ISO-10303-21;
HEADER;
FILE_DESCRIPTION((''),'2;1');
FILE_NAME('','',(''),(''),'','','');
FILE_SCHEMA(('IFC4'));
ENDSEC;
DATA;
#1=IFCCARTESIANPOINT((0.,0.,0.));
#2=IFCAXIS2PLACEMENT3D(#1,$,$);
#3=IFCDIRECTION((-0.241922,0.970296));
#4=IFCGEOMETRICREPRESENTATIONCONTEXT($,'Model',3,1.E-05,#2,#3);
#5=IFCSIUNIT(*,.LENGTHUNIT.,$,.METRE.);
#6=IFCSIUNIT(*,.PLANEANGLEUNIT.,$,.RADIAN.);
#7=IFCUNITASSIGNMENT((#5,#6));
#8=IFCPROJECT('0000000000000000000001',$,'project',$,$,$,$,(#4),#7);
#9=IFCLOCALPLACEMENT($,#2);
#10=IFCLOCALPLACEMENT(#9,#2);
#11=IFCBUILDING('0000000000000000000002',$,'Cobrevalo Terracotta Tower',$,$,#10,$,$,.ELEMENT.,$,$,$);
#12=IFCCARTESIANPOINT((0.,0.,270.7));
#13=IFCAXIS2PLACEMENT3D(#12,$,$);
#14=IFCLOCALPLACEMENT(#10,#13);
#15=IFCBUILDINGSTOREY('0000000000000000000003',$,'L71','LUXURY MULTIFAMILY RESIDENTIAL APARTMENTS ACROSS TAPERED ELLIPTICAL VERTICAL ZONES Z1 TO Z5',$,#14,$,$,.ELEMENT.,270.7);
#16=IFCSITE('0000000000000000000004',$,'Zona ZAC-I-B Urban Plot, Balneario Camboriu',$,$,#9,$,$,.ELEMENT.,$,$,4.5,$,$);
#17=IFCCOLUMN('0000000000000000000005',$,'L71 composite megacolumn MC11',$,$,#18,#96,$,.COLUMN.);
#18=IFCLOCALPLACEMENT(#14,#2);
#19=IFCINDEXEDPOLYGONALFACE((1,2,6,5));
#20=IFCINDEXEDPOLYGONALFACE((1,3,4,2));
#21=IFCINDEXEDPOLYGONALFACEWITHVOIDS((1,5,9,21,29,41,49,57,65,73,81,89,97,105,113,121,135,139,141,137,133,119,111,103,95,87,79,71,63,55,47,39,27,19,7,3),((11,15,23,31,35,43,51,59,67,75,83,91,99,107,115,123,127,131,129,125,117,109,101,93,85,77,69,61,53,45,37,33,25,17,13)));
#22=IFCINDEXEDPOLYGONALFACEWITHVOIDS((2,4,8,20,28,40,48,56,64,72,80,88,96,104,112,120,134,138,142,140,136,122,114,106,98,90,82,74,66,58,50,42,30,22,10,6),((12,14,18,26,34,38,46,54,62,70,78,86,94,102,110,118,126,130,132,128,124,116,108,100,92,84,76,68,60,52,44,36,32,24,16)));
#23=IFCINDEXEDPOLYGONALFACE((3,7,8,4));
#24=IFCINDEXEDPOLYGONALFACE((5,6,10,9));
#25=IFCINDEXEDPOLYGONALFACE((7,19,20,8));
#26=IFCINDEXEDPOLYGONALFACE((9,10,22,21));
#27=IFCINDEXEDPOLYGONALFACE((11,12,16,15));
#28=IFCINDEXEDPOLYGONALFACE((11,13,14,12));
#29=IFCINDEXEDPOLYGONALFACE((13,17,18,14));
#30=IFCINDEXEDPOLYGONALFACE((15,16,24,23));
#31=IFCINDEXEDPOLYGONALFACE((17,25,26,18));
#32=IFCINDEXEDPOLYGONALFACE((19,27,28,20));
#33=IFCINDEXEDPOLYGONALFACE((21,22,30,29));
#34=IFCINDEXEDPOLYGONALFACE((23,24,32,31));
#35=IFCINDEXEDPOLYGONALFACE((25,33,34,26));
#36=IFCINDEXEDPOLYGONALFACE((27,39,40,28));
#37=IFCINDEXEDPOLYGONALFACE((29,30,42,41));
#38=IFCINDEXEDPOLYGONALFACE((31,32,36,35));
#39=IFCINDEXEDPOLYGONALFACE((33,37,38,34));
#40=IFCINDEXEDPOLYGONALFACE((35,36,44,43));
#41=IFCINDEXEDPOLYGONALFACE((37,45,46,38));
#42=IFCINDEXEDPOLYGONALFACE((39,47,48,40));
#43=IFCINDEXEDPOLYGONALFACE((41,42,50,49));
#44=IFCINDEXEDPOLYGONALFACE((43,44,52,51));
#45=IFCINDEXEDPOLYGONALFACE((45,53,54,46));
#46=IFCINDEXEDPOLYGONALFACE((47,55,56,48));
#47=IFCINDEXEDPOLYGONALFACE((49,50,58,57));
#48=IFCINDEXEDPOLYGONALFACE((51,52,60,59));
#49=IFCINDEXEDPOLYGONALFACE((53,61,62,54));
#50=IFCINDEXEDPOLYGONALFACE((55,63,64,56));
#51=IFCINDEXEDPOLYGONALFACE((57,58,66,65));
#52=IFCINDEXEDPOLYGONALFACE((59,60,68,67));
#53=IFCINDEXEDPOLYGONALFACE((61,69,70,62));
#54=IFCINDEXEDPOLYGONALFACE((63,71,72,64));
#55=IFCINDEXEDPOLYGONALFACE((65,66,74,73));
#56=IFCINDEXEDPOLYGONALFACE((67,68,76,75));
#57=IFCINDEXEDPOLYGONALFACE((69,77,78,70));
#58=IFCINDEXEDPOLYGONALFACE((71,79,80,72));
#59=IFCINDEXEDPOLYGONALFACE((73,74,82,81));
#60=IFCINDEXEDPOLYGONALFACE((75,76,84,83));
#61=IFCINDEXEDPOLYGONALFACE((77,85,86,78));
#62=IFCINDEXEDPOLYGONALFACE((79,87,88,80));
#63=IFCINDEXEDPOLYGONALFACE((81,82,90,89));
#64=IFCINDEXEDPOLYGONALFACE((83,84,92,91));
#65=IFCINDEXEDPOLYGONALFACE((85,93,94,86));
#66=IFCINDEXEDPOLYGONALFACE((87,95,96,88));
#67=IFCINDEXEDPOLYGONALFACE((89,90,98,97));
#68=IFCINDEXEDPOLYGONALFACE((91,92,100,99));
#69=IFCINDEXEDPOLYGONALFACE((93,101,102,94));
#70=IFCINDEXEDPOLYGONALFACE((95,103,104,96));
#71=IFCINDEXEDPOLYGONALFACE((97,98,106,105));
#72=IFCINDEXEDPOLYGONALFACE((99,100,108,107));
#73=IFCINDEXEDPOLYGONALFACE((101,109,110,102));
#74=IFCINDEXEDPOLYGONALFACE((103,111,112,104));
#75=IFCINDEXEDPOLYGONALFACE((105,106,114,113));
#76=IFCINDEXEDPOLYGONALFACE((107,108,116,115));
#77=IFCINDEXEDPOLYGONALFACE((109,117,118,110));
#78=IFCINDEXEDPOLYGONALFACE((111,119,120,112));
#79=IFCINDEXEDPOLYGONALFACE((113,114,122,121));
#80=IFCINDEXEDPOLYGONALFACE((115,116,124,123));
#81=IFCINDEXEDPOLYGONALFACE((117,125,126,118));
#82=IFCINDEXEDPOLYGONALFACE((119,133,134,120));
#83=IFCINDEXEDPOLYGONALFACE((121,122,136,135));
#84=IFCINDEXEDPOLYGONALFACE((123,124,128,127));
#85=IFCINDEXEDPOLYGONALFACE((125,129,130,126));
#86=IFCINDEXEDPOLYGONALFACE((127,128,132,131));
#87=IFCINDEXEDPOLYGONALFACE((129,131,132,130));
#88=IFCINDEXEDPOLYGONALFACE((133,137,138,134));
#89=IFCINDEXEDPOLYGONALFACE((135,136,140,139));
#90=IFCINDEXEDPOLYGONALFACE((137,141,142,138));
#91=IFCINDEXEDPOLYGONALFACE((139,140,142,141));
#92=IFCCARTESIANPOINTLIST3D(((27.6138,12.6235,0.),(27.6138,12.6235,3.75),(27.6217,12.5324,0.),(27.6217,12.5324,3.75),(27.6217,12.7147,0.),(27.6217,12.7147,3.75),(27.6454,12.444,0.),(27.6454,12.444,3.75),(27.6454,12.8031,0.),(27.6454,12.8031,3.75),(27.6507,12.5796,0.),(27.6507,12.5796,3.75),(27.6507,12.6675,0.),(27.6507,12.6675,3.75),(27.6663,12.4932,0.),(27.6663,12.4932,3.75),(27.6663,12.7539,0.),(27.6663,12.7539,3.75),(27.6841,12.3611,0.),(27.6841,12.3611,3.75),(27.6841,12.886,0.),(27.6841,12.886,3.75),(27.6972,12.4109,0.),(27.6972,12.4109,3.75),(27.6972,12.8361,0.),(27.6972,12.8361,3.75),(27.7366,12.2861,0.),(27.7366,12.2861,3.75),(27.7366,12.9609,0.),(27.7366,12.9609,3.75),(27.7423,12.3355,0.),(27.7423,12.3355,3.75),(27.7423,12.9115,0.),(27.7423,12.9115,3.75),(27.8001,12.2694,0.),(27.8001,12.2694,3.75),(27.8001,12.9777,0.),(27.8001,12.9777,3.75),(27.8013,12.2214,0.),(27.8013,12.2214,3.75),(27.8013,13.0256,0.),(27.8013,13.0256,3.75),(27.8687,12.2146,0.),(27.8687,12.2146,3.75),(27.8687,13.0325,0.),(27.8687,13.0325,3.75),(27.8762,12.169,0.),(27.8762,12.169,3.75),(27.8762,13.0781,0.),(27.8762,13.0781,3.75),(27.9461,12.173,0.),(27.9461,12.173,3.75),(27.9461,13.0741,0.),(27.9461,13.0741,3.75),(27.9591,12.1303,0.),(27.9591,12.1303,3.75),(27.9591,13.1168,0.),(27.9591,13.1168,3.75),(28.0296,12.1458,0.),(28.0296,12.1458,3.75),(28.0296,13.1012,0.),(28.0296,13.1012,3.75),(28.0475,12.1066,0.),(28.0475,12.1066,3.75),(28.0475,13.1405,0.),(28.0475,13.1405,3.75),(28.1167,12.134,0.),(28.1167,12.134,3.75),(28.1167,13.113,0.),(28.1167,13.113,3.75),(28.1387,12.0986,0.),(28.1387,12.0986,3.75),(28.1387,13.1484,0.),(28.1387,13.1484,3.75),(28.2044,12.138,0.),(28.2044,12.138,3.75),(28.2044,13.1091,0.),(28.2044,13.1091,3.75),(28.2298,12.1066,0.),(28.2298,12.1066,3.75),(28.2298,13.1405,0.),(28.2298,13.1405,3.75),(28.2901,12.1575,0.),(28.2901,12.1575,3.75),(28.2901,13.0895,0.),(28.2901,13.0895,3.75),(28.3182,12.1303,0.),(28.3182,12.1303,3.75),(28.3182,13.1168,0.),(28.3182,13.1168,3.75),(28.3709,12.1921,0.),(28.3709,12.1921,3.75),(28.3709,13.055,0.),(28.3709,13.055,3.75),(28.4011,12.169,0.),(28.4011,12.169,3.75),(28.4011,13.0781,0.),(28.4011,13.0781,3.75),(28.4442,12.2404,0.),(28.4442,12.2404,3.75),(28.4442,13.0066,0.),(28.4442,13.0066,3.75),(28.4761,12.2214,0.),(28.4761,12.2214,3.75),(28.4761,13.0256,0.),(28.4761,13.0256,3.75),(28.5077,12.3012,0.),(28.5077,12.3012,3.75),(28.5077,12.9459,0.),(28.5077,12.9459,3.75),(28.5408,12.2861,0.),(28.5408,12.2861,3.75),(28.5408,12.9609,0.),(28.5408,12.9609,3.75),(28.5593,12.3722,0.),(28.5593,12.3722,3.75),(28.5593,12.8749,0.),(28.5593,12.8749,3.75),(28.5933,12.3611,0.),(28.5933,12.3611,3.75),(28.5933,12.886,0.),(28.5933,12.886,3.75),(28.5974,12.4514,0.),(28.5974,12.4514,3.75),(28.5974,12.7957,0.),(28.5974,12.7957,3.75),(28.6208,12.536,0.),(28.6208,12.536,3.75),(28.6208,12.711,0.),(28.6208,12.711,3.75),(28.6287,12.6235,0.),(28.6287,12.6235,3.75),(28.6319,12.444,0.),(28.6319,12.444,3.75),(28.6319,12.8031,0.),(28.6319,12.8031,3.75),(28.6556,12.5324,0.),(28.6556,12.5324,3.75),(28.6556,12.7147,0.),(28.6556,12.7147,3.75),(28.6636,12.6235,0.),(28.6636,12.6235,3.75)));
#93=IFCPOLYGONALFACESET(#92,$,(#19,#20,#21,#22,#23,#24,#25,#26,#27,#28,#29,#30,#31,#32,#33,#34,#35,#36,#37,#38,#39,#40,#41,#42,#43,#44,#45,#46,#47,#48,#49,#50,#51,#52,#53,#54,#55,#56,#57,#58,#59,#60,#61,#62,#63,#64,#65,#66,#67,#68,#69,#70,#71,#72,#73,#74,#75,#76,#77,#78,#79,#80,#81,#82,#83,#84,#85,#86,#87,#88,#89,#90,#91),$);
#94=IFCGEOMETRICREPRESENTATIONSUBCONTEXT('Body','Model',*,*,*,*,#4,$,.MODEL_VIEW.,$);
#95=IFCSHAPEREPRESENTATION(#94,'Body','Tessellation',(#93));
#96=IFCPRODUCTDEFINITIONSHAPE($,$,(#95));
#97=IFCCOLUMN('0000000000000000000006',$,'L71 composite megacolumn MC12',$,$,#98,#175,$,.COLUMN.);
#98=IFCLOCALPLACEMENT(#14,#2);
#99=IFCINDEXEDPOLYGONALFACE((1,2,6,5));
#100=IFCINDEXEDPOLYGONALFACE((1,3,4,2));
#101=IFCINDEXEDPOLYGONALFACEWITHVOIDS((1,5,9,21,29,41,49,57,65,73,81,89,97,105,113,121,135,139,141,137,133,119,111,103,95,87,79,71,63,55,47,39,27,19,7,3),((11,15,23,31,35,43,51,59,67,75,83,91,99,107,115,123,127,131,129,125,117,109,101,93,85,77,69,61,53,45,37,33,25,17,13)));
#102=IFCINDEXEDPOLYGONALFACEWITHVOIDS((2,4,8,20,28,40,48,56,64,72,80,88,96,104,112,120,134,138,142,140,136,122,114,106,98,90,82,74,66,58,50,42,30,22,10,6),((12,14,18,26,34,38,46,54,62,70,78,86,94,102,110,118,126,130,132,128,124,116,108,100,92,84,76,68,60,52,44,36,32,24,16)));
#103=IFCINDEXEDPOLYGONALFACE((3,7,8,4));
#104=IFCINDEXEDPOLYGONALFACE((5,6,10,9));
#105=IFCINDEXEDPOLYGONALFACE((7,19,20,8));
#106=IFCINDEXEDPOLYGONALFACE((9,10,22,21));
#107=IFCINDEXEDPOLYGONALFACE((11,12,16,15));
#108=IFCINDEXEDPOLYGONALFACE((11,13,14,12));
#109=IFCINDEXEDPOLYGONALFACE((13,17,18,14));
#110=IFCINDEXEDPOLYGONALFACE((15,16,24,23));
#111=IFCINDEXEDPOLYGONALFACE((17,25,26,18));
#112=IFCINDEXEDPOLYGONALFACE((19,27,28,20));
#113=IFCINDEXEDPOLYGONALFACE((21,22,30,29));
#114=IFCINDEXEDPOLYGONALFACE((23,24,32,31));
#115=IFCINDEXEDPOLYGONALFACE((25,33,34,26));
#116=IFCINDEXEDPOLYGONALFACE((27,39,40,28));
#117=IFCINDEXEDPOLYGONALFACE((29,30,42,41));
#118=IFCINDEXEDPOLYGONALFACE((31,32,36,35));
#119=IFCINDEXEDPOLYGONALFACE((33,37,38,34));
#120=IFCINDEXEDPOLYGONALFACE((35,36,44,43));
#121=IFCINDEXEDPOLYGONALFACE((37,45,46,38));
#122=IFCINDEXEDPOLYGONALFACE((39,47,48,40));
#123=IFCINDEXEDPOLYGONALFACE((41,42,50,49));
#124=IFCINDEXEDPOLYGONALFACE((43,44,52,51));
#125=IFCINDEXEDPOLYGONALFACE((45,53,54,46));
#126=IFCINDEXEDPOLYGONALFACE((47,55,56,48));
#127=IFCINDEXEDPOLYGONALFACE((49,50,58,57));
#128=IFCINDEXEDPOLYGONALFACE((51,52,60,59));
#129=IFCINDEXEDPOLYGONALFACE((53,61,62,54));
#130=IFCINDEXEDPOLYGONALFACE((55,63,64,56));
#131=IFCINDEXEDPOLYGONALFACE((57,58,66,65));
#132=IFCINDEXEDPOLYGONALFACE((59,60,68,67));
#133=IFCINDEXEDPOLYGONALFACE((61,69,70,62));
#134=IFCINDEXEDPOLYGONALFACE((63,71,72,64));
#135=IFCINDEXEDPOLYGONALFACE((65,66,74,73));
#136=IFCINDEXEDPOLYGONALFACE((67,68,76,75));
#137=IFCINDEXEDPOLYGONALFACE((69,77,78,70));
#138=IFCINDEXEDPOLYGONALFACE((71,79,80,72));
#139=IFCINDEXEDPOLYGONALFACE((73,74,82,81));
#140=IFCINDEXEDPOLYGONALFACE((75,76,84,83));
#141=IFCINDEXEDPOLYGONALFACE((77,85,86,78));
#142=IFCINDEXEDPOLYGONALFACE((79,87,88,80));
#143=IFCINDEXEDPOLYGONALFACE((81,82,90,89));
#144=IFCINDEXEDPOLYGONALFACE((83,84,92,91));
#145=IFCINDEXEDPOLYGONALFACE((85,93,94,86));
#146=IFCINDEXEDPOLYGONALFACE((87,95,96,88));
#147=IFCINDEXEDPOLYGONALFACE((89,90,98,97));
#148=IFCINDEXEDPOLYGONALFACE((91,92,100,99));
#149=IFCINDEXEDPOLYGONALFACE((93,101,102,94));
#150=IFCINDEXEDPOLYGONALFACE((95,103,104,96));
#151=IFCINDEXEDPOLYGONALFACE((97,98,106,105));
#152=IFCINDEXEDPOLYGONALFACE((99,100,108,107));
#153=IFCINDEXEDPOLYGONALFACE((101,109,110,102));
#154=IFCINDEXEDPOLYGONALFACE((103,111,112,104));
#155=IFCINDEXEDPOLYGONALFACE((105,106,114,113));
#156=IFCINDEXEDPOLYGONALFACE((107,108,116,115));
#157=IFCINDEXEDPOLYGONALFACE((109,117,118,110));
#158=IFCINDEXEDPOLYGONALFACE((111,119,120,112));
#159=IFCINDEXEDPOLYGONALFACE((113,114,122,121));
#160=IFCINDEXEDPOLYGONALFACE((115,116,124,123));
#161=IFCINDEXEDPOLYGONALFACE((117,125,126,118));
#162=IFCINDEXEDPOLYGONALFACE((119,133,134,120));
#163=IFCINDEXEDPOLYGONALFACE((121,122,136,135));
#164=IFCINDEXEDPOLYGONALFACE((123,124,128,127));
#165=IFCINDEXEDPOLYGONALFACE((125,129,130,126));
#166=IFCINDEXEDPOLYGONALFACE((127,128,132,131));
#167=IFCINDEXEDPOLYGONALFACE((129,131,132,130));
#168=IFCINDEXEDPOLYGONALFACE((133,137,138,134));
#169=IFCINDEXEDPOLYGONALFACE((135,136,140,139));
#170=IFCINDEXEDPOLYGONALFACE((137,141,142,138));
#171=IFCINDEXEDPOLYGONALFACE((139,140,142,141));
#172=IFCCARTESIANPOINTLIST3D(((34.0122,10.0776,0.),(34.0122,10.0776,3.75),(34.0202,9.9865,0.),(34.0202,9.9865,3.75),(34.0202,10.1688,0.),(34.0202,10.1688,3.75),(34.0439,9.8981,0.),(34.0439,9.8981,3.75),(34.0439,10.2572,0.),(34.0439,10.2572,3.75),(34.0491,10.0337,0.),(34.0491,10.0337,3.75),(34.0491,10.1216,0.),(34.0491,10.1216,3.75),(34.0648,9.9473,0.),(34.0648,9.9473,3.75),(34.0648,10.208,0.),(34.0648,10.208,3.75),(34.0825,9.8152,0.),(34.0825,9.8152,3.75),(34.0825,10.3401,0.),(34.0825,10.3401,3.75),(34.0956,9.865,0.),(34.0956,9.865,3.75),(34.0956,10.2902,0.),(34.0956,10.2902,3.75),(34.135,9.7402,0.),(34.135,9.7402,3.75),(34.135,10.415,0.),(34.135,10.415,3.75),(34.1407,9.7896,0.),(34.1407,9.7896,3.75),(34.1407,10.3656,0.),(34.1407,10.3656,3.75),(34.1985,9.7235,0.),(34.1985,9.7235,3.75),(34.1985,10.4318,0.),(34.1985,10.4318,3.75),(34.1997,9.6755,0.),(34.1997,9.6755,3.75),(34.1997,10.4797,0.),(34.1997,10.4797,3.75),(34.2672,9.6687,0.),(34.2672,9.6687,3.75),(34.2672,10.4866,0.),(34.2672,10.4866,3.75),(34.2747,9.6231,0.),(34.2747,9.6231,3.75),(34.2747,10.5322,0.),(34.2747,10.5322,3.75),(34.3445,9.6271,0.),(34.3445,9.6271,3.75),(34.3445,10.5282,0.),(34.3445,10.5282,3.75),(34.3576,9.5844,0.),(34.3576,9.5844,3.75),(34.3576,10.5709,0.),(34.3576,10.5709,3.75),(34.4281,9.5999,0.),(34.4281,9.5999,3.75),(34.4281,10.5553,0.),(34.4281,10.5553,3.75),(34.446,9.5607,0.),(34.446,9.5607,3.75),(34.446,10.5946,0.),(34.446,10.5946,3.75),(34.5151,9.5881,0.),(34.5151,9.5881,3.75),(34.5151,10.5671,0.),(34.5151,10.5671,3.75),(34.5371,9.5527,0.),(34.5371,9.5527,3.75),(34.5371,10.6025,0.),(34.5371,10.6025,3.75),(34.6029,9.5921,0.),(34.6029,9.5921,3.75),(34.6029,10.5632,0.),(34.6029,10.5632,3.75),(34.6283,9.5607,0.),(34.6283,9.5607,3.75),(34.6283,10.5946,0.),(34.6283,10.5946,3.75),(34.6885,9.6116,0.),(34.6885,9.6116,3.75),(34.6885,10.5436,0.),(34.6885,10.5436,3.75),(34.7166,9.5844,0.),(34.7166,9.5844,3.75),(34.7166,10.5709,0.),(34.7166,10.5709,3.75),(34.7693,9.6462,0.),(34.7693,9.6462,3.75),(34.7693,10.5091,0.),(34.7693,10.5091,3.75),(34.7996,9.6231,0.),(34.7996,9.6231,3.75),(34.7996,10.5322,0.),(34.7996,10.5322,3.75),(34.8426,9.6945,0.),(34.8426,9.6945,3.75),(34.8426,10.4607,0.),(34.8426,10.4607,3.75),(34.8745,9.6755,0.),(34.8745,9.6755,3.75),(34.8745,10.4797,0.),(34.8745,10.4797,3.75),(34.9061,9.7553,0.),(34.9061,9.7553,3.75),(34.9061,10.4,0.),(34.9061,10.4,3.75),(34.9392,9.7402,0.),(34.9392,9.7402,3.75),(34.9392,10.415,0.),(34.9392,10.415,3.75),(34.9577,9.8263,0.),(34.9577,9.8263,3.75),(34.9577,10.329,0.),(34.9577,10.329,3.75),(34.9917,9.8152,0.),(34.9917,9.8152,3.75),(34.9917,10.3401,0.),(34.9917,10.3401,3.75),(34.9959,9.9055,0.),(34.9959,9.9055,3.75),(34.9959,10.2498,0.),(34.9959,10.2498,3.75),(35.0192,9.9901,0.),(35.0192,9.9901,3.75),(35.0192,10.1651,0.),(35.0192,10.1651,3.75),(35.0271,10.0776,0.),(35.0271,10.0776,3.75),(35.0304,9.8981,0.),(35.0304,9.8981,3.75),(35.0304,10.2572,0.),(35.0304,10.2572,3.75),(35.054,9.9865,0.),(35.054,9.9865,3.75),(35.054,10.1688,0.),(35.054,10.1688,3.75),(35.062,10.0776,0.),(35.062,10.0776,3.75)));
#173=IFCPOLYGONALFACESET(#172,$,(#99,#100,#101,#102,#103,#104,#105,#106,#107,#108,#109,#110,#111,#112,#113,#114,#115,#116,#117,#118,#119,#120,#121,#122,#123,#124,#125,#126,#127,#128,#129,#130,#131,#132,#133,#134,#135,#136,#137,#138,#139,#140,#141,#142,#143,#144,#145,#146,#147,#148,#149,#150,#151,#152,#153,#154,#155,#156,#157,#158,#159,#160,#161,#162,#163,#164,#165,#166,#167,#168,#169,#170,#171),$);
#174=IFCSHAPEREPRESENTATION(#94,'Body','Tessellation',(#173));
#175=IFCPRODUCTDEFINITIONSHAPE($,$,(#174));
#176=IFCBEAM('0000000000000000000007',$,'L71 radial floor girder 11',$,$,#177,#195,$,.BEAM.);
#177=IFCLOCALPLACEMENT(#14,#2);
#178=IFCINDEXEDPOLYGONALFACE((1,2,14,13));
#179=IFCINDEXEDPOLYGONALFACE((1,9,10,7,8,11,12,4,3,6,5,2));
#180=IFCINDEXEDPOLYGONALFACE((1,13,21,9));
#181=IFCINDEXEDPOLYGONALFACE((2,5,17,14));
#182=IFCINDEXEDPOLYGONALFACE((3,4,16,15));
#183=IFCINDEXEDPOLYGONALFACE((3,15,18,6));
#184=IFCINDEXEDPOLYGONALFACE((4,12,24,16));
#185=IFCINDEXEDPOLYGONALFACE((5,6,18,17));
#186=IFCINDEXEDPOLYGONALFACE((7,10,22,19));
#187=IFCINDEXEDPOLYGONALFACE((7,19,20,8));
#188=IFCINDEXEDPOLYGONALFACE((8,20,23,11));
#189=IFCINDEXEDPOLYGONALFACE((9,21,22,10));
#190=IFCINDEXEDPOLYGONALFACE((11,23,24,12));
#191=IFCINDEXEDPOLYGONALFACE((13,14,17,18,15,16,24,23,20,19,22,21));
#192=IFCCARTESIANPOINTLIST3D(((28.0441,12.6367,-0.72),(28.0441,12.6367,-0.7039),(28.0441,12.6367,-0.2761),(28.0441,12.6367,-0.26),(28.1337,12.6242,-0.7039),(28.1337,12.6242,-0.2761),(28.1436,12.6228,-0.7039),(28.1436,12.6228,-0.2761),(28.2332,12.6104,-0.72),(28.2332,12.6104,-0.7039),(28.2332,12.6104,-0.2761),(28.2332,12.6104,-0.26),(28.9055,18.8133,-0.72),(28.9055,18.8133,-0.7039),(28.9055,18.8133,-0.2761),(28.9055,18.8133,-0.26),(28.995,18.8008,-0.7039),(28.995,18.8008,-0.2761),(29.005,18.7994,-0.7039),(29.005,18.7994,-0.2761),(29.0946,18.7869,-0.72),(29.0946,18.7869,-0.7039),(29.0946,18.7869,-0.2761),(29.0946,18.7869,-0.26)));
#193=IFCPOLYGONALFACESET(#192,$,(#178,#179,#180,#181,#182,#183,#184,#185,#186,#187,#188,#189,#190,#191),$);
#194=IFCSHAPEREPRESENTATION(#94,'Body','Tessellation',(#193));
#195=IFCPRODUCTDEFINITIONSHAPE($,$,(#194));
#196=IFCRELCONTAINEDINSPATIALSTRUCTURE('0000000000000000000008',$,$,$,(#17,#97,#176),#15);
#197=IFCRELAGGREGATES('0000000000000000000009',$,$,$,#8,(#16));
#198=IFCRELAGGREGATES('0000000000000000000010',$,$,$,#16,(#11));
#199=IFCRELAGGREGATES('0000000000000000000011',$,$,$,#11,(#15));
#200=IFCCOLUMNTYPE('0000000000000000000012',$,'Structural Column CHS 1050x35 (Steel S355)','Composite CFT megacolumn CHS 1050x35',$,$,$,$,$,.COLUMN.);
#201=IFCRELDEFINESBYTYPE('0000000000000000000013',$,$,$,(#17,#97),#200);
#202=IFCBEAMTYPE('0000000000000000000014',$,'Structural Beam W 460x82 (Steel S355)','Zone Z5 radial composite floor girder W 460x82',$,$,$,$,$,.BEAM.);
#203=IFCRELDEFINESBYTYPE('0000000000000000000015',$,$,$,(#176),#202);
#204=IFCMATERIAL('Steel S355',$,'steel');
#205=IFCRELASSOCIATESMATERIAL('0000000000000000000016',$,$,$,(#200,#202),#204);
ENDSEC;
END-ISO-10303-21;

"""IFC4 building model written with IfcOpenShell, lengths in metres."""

from ifc_helpers import new_model, si_unit, direction, frame, origin, origin_2d, place, context, subcontext, project, spatial, hollow_circle, i_section, extrude, material, material_profile, profile_set, type_object, element, save


model = new_model("IFC4")

# Units and contexts
model_context = context("Model", 3, precision=1e-05, world=origin(), true_north=direction((-0.241922, 0.970296)))
body_context = subcontext(model_context, "Body", "Model", "MODEL_VIEW")
ifc_project = project(units=[si_unit("LENGTHUNIT", "METRE"), si_unit("PLANEANGLEUNIT", "RADIAN")], contexts=[model_context])

# Site, building, storey
site_placement = place(None, origin())
site = spatial("IfcSite", under=ifc_project, at=site_placement, Name="Zona ZAC-I-B Urban Plot, Balneario Camboriu", CompositionType="ELEMENT", RefElevation=4.5)
building_placement = place(site_placement, origin())
building = spatial("IfcBuilding", under=site, at=building_placement, Name="Cobrevalo Terracotta Tower", CompositionType="ELEMENT")
storey_placement = place(building_placement, frame((0.0, 0.0, 270.7)))
storey = spatial("IfcBuildingStorey", under=building, at=storey_placement, Name="L71", Description="LUXURY MULTIFAMILY RESIDENTIAL APARTMENTS ACROSS TAPERED ELLIPTICAL VERTICAL ZONES Z1 TO Z5", CompositionType="ELEMENT", Elevation=270.7)

# Columns
ifc_material_1 = material(Name="Steel S355", Category="steel")
ifc_material_profile_1 = material_profile(ifc_material_1, hollow_circle(Radius=0.5249, WallThickness=0.0349, at=origin_2d()), Name="CHS 1050x35")
ifc_profile_set_1 = profile_set([ifc_material_profile_1], Name="Steel S355")
column_type = type_object("IfcColumnType", Name="Structural Column CHS 1050x35 (Steel S355)", Description="Composite CFT megacolumn CHS 1050x35", PredefinedType="COLUMN", material=ifc_profile_set_1)
for number, where, z_axis, x_axis, name in (
    (1, (28.1387, 12.6235, 0.0), (0.0, 0.0, 1.0), (1.0, 0.0, 0.0), "L71 composite megacolumn MC11"),
    (2, (34.5371, 10.0776, 0.0), (0.0, 0.0, 1.0), (1.0, 0.0, 0.0), "L71 composite megacolumn MC12"),
):
    element("IfcColumn", number, at=place(storey_placement, frame(where, z_axis=z_axis, x_axis=x_axis)), inside=storey, type_object=column_type, Name=name, PredefinedType="COLUMN", context=body_context, shape_type="SweptSolid", body=[
        extrude(hollow_circle(Radius=0.5249, WallThickness=0.0349, at=origin_2d()), origin(), (0.0, 0.0, 1.0), 3.75),
    ])

# Beam
ifc_material_profile_2 = material_profile(ifc_material_1, i_section(OverallWidth=0.1909, OverallDepth=0.46, WebThickness=0.01, FlangeThickness=0.0161, at=origin_2d()), Name="W 460x82")
ifc_profile_set_2 = profile_set([ifc_material_profile_2], Name="Steel S355")
beam_type_1 = type_object("IfcBeamType", Name="Structural Beam W 460x82 (Steel S355)", Description="Zone Z5 radial composite floor girder W 460x82", PredefinedType="BEAM", material=ifc_profile_set_2)
beam_1_placement = place(storey_placement, frame((28.1387, 12.6235, -0.49), z_axis=(0.138116, 0.990416, 0.0), x_axis=(-0.990416, 0.138116, 0.0)))
element("IfcBeam", 3, at=beam_1_placement, inside=storey, type_object=beam_type_1, Name="L71 radial floor girder 11", PredefinedType="BEAM", context=body_context, shape_type="SweptSolid", body=[
    extrude(i_section(OverallWidth=0.1909, OverallDepth=0.46, WebThickness=0.01, FlangeThickness=0.0161, at=origin_2d()), origin(), (0.0, 0.0, 1.0), 6.2363),
])

save(model, "model.ifc")
